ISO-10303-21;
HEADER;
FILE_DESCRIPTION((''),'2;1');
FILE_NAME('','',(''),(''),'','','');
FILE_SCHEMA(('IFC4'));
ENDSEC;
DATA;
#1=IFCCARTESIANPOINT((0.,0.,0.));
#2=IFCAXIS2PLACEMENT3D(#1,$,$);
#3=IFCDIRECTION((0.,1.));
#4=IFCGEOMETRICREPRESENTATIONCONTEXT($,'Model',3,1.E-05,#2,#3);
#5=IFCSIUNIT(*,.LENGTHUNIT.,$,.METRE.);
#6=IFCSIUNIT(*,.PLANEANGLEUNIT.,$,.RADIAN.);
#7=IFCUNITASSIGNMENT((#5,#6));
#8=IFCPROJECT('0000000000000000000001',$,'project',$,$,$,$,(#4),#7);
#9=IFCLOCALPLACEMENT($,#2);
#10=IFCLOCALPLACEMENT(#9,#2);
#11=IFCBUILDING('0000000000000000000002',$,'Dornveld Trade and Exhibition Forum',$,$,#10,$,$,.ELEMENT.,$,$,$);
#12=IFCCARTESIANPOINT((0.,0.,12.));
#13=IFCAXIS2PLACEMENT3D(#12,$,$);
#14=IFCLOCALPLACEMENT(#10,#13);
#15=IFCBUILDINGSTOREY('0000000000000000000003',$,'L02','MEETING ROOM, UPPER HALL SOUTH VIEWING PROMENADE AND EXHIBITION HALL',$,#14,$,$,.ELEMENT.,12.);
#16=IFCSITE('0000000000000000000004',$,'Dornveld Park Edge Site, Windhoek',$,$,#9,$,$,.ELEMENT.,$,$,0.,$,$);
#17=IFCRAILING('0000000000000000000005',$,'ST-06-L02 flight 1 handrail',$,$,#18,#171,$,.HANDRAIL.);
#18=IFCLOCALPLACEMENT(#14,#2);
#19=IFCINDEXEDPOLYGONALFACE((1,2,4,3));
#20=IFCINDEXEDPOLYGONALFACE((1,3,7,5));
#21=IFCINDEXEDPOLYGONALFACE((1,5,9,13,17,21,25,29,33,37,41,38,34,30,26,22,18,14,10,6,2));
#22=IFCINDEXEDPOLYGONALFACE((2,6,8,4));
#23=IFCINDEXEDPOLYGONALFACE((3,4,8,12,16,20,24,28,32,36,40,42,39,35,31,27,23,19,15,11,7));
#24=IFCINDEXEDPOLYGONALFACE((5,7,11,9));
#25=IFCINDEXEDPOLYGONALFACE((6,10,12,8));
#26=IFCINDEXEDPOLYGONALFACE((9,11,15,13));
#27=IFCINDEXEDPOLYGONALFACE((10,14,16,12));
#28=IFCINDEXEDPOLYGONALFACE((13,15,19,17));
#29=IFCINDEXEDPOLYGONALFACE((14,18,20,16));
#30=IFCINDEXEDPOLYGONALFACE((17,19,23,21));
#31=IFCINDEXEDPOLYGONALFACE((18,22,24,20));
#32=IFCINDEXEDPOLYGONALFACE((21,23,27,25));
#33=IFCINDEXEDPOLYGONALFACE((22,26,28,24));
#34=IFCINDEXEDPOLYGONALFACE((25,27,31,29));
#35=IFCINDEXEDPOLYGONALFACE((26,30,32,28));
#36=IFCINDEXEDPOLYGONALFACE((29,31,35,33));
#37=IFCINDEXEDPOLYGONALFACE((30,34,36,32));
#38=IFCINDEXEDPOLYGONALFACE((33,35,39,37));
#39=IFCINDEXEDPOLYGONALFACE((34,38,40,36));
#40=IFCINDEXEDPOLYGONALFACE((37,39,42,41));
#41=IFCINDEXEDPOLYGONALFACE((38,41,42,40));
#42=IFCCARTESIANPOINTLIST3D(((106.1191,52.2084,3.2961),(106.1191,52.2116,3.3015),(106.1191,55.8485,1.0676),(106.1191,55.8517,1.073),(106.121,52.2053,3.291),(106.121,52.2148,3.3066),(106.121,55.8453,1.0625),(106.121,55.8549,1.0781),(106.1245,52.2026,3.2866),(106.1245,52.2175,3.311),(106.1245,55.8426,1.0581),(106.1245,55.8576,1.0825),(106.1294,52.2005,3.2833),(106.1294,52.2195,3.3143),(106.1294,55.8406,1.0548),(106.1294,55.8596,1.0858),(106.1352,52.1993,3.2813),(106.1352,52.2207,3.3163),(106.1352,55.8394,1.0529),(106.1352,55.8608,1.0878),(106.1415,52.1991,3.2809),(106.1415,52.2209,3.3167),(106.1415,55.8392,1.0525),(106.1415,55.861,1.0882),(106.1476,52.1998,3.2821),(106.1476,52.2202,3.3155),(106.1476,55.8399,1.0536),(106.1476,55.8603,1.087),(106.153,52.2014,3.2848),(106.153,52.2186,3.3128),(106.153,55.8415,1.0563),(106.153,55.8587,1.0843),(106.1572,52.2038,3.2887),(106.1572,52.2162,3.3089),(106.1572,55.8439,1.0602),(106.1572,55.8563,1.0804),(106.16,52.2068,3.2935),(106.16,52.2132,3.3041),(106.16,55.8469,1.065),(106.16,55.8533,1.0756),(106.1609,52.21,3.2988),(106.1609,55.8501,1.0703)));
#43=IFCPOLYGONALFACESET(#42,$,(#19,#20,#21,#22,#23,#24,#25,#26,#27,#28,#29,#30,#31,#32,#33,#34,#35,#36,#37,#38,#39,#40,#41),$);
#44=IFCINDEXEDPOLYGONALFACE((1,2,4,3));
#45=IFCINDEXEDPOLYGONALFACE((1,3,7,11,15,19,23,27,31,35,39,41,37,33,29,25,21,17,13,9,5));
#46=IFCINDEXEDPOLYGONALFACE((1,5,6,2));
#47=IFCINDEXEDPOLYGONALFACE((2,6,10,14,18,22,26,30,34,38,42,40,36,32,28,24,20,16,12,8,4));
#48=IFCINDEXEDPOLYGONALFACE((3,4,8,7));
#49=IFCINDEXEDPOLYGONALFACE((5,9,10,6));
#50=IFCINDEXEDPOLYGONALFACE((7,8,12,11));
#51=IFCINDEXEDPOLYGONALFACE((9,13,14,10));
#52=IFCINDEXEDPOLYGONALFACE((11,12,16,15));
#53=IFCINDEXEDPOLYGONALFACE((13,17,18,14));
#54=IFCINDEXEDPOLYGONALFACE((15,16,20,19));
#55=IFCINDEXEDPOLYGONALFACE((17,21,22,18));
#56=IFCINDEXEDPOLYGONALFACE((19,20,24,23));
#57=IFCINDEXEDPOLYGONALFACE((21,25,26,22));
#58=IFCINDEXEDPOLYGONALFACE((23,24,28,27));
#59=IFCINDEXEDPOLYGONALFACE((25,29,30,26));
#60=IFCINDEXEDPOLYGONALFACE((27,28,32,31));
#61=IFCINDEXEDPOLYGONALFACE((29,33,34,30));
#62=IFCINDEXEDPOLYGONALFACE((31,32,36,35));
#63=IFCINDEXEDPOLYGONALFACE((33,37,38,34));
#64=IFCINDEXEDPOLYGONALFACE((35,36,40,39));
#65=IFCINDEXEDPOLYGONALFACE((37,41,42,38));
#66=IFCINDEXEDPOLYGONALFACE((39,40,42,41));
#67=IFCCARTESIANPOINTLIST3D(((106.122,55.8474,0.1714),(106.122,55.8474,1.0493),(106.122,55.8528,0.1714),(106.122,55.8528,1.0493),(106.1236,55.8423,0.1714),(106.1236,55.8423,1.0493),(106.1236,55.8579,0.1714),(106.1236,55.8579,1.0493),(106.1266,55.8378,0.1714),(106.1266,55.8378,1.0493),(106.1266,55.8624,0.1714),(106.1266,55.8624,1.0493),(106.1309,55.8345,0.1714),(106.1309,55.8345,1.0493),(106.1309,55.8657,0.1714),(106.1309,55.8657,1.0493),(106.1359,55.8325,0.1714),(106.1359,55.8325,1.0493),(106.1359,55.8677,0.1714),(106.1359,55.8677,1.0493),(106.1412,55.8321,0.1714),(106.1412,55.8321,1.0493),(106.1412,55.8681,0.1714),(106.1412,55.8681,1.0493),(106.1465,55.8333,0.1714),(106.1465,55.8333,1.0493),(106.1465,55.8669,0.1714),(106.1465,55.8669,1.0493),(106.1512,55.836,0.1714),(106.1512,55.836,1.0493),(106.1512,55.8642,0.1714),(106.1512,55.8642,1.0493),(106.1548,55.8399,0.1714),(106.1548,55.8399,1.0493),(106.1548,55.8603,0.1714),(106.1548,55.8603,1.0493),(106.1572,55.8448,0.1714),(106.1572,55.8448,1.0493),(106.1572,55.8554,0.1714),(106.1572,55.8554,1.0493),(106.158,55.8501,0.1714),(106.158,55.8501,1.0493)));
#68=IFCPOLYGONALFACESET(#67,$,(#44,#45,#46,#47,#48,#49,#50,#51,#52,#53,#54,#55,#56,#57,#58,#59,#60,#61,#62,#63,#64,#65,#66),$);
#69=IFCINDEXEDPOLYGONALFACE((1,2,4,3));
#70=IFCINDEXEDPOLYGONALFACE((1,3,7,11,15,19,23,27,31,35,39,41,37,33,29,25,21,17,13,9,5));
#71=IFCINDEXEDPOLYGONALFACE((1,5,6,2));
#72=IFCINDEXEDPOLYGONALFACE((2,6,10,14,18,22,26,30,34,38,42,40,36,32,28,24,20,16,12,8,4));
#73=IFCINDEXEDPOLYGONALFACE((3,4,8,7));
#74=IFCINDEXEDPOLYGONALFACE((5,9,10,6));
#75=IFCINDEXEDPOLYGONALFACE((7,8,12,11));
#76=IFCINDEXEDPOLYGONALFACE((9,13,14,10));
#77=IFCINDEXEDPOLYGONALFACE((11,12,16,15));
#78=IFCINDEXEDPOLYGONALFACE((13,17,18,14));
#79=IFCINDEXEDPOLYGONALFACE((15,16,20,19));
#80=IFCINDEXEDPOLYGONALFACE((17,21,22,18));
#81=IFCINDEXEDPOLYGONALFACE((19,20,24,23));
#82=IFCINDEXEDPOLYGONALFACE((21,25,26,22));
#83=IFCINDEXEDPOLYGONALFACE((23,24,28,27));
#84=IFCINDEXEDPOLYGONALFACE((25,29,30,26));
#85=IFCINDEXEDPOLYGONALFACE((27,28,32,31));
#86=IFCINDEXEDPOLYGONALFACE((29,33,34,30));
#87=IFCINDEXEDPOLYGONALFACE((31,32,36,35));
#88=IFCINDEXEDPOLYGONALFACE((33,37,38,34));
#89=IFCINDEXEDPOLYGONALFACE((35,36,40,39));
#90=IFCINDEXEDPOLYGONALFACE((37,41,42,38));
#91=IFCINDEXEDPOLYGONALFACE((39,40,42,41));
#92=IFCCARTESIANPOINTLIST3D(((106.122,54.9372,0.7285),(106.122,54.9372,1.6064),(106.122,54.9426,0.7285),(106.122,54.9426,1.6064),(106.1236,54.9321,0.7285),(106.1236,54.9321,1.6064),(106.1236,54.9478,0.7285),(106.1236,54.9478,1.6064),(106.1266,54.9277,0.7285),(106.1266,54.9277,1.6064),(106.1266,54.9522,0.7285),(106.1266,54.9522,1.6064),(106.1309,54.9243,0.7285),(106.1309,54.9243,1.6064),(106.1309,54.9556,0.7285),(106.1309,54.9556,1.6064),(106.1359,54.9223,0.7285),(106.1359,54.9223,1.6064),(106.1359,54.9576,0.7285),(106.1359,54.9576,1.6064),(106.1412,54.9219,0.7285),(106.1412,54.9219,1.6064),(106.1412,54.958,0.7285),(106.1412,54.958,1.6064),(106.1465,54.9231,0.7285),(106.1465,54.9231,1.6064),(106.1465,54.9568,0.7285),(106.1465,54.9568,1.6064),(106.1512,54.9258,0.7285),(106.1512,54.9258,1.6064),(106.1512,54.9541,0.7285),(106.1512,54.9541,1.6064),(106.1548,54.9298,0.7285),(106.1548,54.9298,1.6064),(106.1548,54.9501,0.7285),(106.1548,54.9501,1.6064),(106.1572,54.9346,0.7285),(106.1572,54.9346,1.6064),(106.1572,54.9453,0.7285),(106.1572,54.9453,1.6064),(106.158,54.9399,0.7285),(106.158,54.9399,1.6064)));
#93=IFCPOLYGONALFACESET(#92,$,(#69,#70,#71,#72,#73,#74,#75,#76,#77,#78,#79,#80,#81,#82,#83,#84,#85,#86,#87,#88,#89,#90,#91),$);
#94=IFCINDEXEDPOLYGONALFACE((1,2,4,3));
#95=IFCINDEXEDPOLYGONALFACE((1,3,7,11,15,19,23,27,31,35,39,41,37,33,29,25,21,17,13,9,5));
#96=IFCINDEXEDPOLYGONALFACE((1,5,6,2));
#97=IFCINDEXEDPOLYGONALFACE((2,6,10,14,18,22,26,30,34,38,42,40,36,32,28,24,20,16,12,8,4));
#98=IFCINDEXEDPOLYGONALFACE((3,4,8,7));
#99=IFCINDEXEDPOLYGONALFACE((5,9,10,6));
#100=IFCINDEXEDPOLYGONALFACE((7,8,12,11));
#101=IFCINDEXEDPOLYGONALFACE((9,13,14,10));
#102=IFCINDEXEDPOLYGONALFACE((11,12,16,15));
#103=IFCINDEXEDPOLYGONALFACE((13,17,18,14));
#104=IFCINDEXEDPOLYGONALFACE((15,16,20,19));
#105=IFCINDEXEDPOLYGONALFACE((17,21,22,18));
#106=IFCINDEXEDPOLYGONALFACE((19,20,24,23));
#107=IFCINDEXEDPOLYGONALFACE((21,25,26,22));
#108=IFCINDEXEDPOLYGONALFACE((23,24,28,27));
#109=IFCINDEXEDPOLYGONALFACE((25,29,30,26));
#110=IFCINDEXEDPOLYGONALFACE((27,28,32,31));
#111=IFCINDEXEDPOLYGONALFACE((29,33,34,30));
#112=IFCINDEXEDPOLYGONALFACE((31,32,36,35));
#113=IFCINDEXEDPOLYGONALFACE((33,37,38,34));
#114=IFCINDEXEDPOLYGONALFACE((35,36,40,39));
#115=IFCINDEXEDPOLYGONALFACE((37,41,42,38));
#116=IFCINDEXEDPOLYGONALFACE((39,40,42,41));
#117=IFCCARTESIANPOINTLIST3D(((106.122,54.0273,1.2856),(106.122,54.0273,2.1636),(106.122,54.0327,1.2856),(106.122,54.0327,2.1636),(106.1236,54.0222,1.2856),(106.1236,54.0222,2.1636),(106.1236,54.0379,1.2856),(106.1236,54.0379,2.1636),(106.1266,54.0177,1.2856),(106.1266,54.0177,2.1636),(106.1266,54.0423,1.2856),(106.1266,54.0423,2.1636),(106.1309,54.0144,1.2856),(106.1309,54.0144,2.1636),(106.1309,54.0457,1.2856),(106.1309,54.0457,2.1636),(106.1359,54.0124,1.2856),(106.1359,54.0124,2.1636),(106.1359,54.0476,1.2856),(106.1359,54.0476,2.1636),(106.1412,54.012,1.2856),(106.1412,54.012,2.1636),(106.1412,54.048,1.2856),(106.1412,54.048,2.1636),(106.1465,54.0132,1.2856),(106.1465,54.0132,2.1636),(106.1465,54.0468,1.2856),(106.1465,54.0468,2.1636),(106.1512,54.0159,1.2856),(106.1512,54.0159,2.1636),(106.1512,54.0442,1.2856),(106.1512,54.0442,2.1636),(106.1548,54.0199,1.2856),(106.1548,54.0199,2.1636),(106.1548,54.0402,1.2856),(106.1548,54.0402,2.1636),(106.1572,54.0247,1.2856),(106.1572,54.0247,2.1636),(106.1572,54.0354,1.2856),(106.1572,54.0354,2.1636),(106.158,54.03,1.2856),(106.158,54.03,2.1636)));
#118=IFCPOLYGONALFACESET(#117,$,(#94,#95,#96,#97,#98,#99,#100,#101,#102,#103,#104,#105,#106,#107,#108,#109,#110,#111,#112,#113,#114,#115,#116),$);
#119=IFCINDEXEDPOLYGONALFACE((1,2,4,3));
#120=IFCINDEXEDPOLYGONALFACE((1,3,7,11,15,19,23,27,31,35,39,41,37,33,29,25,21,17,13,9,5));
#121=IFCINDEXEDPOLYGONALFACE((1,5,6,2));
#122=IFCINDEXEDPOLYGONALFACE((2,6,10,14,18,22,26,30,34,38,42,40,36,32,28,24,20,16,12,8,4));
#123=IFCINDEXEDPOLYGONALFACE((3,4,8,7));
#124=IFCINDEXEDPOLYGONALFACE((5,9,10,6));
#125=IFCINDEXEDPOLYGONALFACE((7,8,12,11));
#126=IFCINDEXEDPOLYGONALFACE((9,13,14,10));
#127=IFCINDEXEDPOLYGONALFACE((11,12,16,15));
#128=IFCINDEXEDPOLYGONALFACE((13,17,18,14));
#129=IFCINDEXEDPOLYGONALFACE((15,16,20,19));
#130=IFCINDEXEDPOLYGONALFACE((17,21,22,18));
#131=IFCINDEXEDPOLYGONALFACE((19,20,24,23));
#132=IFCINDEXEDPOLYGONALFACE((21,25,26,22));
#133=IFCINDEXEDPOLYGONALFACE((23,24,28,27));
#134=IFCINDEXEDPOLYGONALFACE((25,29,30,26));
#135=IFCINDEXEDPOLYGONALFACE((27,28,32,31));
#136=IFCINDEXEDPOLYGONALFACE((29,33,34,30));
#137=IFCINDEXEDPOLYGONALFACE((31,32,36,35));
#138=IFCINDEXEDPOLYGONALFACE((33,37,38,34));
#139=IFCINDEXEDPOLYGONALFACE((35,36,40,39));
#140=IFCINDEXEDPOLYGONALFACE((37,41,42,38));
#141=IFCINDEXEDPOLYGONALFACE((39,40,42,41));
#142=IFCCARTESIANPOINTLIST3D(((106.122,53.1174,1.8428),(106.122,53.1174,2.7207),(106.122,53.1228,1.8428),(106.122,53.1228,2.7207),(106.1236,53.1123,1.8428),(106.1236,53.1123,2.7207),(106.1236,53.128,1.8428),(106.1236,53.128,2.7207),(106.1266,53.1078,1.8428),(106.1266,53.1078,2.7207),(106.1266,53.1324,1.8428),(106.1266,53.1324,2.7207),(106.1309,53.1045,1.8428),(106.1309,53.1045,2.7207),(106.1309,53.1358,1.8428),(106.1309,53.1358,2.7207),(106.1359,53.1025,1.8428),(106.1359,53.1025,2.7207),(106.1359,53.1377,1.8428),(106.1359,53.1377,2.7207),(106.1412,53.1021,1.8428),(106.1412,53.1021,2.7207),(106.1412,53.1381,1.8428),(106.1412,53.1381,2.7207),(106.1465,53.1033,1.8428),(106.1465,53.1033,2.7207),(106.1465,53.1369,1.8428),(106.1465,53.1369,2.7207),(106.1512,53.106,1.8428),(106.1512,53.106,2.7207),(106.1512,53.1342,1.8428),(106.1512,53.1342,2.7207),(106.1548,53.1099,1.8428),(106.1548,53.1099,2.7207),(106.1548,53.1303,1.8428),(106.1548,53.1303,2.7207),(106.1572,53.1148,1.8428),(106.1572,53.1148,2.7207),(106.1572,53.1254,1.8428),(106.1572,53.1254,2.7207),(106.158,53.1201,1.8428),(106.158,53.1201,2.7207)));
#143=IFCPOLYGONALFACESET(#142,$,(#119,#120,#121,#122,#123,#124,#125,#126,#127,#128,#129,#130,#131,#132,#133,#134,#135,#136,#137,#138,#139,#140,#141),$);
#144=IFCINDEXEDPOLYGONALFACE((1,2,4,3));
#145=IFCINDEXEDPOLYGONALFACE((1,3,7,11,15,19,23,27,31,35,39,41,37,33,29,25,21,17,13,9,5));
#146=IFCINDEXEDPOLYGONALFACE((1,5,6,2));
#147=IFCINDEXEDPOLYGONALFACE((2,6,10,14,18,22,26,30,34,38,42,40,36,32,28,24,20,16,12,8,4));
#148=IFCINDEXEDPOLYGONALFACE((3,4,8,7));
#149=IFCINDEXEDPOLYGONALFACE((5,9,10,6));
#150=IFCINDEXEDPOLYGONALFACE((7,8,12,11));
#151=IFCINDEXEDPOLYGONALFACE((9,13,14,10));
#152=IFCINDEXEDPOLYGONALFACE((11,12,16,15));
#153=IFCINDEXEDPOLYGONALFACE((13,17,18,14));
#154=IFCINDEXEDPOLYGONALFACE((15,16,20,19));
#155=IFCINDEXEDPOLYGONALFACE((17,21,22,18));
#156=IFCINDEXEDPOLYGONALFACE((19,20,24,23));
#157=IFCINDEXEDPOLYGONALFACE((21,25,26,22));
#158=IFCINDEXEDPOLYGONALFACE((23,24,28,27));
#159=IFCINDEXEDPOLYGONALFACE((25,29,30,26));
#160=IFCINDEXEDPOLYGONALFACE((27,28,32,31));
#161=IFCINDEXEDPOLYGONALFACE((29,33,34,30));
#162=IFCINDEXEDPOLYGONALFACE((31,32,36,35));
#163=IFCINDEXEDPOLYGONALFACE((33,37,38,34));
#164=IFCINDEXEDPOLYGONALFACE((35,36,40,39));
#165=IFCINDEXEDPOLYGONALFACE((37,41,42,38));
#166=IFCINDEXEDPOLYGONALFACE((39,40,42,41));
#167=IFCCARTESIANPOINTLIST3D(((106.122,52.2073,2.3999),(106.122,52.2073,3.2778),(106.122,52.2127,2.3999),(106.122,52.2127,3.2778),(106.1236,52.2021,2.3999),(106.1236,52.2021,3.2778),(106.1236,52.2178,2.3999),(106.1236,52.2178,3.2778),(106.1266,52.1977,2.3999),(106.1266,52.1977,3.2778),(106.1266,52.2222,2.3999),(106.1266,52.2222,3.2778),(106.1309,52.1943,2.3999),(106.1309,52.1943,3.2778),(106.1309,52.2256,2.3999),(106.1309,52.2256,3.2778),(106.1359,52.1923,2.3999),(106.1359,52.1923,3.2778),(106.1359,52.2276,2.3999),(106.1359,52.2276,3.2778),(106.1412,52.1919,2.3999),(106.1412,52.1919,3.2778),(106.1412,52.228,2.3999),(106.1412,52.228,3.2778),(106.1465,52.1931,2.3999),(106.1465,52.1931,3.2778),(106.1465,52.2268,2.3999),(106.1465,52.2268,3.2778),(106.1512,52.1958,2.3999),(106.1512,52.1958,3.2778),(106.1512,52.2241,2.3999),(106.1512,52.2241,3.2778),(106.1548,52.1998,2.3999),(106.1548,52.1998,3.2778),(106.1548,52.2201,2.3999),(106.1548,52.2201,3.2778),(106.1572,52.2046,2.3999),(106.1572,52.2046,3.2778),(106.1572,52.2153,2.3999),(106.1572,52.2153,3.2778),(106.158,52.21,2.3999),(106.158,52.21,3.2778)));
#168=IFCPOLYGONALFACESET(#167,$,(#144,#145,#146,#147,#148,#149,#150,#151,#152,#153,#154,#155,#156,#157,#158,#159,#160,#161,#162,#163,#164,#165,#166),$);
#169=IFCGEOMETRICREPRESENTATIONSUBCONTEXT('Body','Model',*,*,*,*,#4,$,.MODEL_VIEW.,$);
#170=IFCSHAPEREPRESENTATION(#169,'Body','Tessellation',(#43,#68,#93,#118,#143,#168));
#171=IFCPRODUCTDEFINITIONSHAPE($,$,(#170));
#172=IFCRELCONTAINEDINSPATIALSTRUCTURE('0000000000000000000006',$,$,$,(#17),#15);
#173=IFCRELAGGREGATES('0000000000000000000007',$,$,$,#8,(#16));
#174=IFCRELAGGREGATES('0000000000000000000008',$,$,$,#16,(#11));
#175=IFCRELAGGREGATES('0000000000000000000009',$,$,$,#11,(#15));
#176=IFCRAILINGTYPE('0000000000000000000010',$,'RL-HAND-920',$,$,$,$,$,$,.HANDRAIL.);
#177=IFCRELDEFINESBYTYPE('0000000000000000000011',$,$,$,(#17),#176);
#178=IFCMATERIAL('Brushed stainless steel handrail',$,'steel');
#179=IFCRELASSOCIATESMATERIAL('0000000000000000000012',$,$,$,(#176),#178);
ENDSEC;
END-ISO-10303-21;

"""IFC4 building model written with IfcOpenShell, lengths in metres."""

from ifc_helpers import new_model, si_unit, direction, frame, origin, origin_2d, place, context, subcontext, project, spatial, circle, extrude, material, type_object, element, save


model = new_model("IFC4")

# Units and contexts
model_context = context("Model", 3, precision=1e-05, world=origin(), true_north=direction((0.0, 1.0)))
body_context = subcontext(model_context, "Body", "Model", "MODEL_VIEW")
ifc_project = project(units=[si_unit("LENGTHUNIT", "METRE"), si_unit("PLANEANGLEUNIT", "RADIAN")], contexts=[model_context])

# Site, building, storey
site_placement = place(None, origin())
site = spatial("IfcSite", under=ifc_project, at=site_placement, Name="Dornveld Park Edge Site, Windhoek", CompositionType="ELEMENT", RefElevation=0.0)
building_placement = place(site_placement, origin())
building = spatial("IfcBuilding", under=site, at=building_placement, Name="Dornveld Trade and Exhibition Forum", CompositionType="ELEMENT")
storey_placement = place(building_placement, frame((0.0, 0.0, 12.0)))
storey = spatial("IfcBuildingStorey", under=building, at=storey_placement, Name="L02", Description="MEETING ROOM, UPPER HALL SOUTH VIEWING PROMENADE AND EXHIBITION HALL", CompositionType="ELEMENT", Elevation=12.0)

# Railing
ifc_material_1 = material(Name="Brushed stainless steel handrail", Category="steel")
railing_type_1 = type_object("IfcRailingType", Name="RL-HAND-920", PredefinedType="HANDRAIL", material=ifc_material_1)
railing_1_placement = place(storey_placement, frame((106.1399, 55.8501, 0.1714)))
element("IfcRailing", 1, at=railing_1_placement, inside=storey, type_object=railing_type_1, Name="ST-06-L02 flight 1 handrail", PredefinedType="HANDRAIL", context=body_context, shape_type="SweptSolid", body=[
    extrude(circle(Radius=0.021, at=origin_2d()), frame((0.0, 0.0, 0.8989), z_axis=(0.0, -0.852866, 0.52213), x_axis=(1.0, 0.0, 0.0)), (0.0, 0.0, 1.0), 4.2681),
    extrude(circle(Radius=0.0181, at=origin_2d()), origin(), (0.0, 0.0, 1.0), 0.8779),
    extrude(circle(Radius=0.0181, at=origin_2d()), frame((0.0, -0.9102, 0.5571)), (0.0, 0.0, 1.0), 0.8779),
    extrude(circle(Radius=0.0181, at=origin_2d()), frame((0.0, -1.8201, 1.1143)), (0.0, 0.0, 1.0), 0.8779),
    extrude(circle(Radius=0.0181, at=origin_2d()), frame((0.0, -2.73, 1.6714)), (0.0, 0.0, 1.0), 0.8779),
    extrude(circle(Radius=0.0181, at=origin_2d()), frame((0.0, -3.6401, 2.2285)), (0.0, 0.0, 1.0), 0.8779),
])

save(model, "model.ifc")
